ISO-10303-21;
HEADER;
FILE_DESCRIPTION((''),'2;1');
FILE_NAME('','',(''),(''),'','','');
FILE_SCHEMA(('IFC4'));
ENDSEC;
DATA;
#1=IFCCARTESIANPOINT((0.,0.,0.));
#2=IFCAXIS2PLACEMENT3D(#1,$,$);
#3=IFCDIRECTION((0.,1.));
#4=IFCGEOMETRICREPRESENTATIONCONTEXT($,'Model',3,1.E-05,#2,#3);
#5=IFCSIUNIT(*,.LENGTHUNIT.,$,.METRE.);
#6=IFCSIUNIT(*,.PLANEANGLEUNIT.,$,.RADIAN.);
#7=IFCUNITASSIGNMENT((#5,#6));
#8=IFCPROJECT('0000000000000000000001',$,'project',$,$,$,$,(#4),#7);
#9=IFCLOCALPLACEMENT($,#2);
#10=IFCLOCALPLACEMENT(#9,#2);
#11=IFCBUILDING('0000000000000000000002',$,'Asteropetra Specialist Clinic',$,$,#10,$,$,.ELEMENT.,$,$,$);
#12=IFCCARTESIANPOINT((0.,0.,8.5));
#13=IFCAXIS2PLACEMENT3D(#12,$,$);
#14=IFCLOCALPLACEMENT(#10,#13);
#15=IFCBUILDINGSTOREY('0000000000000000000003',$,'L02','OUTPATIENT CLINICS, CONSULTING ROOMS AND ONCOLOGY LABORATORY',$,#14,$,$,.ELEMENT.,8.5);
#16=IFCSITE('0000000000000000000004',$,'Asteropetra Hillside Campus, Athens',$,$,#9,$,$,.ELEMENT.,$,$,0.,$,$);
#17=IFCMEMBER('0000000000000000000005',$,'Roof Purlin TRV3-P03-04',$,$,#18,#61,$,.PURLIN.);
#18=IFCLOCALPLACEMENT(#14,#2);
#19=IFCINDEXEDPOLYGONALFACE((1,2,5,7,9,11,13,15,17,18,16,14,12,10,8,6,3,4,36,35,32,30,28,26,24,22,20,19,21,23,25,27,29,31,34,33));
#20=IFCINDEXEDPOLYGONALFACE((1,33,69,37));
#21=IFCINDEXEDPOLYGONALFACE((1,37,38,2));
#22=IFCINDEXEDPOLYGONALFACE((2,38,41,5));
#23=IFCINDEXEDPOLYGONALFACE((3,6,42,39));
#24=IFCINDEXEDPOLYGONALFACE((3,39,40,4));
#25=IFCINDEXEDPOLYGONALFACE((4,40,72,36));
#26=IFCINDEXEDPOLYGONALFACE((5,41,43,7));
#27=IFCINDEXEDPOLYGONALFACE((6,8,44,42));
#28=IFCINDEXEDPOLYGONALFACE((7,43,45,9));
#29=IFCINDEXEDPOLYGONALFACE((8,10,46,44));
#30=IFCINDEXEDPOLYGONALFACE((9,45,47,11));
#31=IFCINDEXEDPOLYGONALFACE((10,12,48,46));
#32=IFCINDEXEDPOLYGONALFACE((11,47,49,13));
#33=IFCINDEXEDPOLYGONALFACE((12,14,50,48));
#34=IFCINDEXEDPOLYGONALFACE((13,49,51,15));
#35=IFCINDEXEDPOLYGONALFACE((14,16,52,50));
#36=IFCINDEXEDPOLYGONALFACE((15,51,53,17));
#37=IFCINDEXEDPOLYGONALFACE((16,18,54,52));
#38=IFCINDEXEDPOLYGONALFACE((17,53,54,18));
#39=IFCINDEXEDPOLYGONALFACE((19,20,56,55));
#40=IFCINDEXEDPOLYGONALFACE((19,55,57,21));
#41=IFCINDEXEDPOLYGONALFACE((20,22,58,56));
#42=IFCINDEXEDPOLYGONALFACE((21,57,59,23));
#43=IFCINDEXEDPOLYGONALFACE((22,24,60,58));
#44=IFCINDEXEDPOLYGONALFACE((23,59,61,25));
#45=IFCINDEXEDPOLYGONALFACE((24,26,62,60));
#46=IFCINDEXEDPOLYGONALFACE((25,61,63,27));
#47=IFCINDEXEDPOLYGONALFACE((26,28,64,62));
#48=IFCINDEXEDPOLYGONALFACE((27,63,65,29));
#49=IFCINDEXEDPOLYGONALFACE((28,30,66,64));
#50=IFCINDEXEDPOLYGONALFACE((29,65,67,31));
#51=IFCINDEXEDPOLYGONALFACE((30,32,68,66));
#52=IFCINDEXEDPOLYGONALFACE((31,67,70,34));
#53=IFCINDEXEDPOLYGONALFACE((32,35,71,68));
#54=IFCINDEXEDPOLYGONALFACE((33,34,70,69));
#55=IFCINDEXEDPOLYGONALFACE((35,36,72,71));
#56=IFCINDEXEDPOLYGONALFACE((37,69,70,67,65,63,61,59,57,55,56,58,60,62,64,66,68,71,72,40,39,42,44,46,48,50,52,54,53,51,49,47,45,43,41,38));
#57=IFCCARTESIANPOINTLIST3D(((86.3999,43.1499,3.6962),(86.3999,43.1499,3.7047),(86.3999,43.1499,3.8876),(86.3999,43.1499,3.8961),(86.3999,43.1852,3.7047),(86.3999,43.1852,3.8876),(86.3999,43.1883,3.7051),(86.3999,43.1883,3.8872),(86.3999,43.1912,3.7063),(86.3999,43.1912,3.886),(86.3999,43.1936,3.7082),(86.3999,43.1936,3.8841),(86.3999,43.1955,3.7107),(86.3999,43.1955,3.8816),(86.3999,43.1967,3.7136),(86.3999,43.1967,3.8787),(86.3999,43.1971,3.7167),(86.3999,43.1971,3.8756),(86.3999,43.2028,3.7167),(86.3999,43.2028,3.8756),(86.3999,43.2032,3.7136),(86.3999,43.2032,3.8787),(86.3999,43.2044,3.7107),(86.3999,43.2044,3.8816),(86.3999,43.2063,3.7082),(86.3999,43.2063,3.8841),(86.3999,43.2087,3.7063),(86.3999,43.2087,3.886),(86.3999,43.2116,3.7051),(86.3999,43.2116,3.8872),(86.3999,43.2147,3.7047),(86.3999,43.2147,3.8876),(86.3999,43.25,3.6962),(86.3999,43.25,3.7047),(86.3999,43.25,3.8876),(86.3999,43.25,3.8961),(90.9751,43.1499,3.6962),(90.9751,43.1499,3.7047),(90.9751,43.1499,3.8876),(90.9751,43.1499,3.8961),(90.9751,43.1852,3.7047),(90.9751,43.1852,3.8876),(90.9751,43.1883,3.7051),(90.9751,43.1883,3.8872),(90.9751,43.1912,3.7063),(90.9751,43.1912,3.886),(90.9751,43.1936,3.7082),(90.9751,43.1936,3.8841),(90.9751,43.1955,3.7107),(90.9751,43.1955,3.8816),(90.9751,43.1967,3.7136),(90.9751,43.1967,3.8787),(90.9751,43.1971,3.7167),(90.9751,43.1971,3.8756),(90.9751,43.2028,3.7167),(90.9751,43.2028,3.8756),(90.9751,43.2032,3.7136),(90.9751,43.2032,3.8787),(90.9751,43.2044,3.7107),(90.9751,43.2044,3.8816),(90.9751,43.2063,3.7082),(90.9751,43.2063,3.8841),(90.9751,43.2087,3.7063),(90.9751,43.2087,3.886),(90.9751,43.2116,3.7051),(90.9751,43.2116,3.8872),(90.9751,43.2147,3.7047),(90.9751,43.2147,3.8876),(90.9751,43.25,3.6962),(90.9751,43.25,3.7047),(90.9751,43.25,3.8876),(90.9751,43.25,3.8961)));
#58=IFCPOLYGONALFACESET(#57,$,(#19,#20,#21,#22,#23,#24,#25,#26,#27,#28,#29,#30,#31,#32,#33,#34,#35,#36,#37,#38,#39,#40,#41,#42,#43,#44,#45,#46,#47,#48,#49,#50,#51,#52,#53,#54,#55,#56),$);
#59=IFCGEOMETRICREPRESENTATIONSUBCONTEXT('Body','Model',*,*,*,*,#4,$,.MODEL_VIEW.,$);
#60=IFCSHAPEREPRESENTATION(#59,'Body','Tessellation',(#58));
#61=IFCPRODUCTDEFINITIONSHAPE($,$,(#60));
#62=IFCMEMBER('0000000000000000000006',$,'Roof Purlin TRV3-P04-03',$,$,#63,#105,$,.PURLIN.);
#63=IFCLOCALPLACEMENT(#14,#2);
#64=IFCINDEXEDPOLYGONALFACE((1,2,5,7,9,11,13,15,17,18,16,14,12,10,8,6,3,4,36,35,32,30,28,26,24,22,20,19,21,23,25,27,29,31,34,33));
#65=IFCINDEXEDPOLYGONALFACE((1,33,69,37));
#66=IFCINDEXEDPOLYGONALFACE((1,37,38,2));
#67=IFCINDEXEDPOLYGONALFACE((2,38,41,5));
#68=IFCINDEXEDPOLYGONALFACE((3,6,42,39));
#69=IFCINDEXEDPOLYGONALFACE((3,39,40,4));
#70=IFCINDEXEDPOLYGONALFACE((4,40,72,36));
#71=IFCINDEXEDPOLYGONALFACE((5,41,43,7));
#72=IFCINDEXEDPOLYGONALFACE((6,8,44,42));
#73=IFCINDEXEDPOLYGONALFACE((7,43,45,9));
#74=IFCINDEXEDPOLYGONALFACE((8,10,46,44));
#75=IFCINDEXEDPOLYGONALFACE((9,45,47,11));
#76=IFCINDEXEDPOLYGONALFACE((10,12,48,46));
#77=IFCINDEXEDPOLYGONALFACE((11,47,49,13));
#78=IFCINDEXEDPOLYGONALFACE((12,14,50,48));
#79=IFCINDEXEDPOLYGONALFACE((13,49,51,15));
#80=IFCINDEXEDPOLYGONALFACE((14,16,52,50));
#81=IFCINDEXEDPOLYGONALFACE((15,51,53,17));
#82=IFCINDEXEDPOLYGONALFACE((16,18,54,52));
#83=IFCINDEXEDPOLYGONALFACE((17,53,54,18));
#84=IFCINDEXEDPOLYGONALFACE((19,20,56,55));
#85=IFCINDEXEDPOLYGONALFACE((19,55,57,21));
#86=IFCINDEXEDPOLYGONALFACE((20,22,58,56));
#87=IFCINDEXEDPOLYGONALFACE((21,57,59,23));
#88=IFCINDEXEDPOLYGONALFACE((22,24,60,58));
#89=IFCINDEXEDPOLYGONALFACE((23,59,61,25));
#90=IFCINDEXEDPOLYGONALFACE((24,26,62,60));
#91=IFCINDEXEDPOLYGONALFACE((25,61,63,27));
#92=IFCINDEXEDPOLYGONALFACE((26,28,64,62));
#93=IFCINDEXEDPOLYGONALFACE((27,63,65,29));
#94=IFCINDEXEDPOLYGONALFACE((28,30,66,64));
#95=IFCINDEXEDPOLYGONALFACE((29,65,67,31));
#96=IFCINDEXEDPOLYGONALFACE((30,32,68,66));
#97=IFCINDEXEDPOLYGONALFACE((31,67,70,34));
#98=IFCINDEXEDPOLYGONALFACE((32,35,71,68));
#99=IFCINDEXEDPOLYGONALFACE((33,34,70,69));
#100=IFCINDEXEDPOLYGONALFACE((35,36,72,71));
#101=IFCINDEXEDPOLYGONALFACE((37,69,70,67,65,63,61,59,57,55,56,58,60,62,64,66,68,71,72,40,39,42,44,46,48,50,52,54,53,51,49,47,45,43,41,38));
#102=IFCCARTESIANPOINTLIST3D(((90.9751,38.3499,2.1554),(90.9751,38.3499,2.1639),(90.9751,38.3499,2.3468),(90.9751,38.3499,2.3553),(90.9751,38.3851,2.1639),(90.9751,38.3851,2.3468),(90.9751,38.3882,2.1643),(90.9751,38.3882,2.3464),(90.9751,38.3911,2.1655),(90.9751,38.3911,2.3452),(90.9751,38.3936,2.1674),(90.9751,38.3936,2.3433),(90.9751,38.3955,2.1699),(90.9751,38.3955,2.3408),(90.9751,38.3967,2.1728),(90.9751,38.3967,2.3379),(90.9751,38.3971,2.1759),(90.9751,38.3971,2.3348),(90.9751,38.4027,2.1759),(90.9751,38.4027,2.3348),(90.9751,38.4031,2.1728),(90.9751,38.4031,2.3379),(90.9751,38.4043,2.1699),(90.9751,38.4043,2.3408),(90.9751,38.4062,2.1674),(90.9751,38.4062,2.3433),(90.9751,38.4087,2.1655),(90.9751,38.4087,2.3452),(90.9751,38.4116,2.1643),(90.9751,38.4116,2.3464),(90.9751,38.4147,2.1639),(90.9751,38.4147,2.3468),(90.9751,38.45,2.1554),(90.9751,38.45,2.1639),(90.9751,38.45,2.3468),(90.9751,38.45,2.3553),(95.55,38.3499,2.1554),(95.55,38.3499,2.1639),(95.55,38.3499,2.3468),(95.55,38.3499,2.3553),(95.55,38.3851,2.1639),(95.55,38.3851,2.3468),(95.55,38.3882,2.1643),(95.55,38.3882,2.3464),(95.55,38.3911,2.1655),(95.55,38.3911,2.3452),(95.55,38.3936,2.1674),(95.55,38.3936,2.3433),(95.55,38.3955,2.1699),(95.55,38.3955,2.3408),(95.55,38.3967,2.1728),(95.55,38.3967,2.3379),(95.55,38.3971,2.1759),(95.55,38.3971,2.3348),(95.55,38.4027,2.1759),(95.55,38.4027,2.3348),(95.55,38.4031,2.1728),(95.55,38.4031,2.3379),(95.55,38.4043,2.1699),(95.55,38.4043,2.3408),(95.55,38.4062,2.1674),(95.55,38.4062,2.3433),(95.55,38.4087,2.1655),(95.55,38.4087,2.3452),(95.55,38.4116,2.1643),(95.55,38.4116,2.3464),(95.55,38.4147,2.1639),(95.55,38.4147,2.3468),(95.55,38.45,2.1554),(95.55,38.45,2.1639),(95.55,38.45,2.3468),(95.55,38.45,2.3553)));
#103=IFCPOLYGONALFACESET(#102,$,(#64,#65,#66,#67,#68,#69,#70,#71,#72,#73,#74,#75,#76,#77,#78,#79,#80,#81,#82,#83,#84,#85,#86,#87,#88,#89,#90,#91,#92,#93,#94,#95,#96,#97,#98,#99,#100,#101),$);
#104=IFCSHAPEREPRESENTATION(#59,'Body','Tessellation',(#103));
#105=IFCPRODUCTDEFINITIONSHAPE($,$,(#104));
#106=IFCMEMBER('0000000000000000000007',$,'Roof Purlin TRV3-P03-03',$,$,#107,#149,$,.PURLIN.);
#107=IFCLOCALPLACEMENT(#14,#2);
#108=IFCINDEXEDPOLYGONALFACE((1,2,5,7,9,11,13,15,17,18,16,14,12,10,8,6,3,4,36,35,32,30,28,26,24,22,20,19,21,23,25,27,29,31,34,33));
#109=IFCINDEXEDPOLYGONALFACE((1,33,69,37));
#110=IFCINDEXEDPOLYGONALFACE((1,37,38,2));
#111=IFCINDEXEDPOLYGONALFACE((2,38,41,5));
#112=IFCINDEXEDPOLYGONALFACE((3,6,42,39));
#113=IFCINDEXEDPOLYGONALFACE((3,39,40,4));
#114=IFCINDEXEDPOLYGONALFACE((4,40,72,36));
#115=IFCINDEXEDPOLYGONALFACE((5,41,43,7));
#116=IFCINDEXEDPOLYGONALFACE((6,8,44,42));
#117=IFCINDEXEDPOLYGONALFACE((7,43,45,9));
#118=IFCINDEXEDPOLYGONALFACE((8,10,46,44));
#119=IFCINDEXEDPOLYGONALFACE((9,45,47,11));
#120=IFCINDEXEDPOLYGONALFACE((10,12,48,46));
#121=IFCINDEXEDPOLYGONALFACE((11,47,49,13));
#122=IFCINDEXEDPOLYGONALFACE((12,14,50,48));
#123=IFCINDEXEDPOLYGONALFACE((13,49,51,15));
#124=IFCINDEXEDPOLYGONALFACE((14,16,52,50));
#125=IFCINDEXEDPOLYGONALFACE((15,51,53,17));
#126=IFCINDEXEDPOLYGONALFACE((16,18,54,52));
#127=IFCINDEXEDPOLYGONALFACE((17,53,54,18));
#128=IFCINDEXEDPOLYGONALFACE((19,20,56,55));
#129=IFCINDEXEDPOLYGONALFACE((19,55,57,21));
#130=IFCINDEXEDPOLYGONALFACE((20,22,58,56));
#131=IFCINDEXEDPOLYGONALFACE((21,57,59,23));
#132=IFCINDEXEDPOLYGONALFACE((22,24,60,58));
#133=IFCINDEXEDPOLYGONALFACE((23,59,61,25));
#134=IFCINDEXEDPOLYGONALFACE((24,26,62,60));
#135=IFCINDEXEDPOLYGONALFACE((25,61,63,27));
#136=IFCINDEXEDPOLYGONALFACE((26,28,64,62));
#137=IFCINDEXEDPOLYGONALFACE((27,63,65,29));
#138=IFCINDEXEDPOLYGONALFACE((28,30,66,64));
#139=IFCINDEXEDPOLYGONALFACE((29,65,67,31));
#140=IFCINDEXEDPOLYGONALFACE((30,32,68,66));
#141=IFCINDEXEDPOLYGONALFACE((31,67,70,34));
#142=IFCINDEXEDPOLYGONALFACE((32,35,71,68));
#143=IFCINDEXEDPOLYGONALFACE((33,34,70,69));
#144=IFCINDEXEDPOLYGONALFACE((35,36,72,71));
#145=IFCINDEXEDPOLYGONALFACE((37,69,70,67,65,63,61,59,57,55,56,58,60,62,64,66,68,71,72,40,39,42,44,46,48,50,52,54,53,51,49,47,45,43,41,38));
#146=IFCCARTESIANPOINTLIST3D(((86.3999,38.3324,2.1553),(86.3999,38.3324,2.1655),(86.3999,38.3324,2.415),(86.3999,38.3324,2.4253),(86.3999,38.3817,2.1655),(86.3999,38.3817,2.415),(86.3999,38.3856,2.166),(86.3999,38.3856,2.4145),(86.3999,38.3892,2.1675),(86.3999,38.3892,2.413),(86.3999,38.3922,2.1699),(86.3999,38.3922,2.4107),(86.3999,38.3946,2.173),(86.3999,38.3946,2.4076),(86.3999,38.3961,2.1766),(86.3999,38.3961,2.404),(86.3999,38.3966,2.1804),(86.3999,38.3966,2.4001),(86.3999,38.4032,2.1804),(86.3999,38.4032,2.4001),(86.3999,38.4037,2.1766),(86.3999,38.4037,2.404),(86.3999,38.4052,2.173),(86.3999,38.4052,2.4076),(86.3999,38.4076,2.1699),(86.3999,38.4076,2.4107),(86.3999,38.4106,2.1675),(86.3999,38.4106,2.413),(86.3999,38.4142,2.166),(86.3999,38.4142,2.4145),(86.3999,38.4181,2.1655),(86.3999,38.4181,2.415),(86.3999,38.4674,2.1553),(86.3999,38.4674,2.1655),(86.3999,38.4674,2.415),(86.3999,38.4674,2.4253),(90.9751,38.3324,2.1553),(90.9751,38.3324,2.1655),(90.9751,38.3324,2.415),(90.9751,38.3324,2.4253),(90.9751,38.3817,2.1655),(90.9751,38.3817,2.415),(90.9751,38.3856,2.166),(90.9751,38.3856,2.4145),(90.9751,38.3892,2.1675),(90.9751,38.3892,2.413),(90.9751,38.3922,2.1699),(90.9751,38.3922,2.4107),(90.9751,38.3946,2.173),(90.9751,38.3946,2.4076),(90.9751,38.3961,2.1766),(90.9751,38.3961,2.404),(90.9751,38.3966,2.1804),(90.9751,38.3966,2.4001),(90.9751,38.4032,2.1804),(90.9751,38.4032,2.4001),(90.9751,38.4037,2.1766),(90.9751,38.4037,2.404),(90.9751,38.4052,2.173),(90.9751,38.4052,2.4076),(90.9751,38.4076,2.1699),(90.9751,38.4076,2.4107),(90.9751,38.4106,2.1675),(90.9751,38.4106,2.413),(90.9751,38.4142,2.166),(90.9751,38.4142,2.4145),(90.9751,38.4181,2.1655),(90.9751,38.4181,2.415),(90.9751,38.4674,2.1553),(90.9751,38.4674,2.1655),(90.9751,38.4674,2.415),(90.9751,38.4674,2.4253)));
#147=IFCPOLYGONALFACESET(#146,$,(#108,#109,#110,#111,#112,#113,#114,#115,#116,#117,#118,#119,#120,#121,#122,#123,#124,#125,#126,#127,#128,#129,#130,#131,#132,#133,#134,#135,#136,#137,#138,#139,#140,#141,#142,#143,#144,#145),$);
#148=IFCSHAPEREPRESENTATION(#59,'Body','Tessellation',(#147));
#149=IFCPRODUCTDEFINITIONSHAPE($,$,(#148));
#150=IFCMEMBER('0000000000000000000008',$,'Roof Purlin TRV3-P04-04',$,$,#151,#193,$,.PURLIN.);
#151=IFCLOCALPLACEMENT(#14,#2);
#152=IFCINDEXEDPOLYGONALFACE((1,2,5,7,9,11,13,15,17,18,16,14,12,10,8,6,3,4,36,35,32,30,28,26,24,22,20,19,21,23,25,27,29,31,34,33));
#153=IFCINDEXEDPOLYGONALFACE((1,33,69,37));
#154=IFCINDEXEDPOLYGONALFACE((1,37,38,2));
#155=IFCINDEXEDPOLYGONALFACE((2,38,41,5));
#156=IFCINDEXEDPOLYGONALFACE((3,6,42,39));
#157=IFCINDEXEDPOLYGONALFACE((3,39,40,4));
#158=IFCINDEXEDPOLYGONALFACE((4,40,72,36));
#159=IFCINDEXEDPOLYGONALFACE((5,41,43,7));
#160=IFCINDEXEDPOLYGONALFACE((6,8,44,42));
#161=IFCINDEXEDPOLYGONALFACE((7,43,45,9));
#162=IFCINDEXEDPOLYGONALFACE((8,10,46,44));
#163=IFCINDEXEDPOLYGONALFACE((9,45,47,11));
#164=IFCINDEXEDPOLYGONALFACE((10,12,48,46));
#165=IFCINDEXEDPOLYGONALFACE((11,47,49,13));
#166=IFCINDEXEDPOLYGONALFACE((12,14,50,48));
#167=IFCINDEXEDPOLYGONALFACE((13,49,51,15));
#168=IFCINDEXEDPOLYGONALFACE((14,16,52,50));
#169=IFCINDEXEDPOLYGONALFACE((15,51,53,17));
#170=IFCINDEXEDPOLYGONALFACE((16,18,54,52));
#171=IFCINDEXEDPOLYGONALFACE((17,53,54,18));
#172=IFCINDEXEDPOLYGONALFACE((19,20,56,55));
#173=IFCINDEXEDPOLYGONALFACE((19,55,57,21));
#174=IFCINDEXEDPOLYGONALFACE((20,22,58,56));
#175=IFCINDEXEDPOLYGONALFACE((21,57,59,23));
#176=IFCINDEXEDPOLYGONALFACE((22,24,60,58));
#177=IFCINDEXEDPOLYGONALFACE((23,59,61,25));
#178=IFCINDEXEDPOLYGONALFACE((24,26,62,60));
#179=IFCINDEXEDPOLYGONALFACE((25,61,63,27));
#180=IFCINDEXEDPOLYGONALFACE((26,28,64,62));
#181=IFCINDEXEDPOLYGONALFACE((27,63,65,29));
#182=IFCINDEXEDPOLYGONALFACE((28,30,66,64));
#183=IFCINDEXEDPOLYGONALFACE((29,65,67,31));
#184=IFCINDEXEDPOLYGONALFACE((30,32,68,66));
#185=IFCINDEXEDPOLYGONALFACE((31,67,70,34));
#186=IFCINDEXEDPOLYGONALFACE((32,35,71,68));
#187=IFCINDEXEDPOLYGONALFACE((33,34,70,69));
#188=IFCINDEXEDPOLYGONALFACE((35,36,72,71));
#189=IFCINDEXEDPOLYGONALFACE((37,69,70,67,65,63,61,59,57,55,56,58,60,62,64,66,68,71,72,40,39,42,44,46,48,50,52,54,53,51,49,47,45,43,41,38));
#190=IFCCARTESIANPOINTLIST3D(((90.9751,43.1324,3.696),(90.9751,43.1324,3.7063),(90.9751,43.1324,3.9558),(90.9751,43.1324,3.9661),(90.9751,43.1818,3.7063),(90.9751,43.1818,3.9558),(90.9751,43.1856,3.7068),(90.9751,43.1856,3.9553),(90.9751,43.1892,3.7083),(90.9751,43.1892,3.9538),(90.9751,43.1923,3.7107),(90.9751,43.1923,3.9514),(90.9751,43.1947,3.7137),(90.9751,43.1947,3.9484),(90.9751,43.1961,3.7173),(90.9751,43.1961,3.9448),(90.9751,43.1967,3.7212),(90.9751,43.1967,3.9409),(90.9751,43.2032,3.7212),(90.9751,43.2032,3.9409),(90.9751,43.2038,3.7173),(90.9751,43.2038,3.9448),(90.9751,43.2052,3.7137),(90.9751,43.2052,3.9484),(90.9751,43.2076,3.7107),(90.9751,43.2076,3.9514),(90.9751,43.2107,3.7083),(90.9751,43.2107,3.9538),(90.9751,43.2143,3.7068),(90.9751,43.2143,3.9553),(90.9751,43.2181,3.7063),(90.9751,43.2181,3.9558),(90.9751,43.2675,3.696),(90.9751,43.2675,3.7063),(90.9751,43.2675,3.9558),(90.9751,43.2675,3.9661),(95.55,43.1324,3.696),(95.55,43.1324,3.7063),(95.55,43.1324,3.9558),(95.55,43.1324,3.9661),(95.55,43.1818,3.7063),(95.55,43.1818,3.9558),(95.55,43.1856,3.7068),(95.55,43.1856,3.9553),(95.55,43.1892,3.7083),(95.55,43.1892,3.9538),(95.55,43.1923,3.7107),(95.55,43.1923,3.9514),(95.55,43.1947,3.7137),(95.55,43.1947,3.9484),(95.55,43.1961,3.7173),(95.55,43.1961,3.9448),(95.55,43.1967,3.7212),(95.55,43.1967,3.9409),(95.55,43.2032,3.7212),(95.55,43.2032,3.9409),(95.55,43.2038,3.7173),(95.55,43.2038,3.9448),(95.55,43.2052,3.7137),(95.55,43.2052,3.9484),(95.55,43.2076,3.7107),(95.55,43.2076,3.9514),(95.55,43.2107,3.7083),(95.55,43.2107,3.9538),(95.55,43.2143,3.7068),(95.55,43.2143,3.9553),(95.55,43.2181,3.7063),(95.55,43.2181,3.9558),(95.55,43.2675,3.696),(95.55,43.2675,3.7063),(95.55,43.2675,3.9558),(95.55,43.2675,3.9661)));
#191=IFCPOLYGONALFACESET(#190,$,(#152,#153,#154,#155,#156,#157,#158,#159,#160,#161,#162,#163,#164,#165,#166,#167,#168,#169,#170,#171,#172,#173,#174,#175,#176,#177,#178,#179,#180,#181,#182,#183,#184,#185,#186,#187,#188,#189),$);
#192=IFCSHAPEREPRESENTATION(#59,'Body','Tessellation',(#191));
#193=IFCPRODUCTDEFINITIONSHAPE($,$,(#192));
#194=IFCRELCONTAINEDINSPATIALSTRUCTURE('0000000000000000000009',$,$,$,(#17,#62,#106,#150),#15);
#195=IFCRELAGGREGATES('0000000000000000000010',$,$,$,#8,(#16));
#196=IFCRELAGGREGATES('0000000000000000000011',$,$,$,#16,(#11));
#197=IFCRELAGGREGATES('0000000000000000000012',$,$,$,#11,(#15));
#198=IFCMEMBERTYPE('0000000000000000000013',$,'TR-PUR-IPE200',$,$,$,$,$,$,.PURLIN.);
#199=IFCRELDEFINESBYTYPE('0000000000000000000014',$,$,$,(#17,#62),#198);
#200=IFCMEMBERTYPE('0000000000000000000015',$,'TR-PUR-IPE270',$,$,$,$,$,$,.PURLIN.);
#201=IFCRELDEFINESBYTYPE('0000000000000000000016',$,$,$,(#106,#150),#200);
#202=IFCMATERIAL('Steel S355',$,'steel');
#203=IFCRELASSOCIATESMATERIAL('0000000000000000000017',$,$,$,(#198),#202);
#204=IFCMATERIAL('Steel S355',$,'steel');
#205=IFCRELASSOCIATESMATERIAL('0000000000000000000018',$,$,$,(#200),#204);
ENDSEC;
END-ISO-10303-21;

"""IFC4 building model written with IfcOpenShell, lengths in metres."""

from ifc_helpers import new_model, si_unit, direction, frame, origin, origin_2d, place, context, subcontext, project, spatial, i_section, extrude, material, material_profile, profile_set, type_object, element, save


model = new_model("IFC4")

# Units and contexts
model_context = context("Model", 3, precision=1e-05, world=origin(), true_north=direction((0.0, 1.0)))
body_context = subcontext(model_context, "Body", "Model", "MODEL_VIEW")
ifc_project = project(units=[si_unit("LENGTHUNIT", "METRE"), si_unit("PLANEANGLEUNIT", "RADIAN")], contexts=[model_context])

# Site, building, storey
site_placement = place(None, origin())
site = spatial("IfcSite", under=ifc_project, at=site_placement, Name="Asteropetra Hillside Campus, Athens", CompositionType="ELEMENT", RefElevation=0.0)
building_placement = place(site_placement, origin())
building = spatial("IfcBuilding", under=site, at=building_placement, Name="Asteropetra Specialist Clinic", CompositionType="ELEMENT")
storey_placement = place(building_placement, frame((0.0, 0.0, 8.5)))
storey = spatial("IfcBuildingStorey", under=building, at=storey_placement, Name="L02", Description="OUTPATIENT CLINICS, CONSULTING ROOMS AND ONCOLOGY LABORATORY", CompositionType="ELEMENT", Elevation=8.5)

# Members
ifc_material_1 = material(Name="Steel S355", Category="steel")
ifc_material_profile_1 = material_profile(ifc_material_1, i_section(OverallWidth=0.1001, OverallDepth=0.2, WebThickness=0.0056, FlangeThickness=0.0085, FilletRadius=0.012, at=origin_2d()), Name="IPE 200")
ifc_profile_set_1 = profile_set([ifc_material_profile_1], Name="Steel S355")
member_type_1 = type_object("IfcMemberType", Name="TR-PUR-IPE200", PredefinedType="PURLIN", material=ifc_profile_set_1)
member_1_placement = place(storey_placement, frame((86.3999, 43.2, 3.7961), z_axis=(1.0, 0.0, 0.0), x_axis=(0.0, 1.0, 0.0)))
element("IfcMember", 1, at=member_1_placement, inside=storey, type_object=member_type_1, Name="Roof Purlin TRV3-P03-04", PredefinedType="PURLIN", context=body_context, shape_type="SweptSolid", body=[
    extrude(i_section(OverallWidth=0.1001, OverallDepth=0.2, WebThickness=0.0056, FlangeThickness=0.0085, FilletRadius=0.012, at=origin_2d()), origin(), (0.0, 0.0, 1.0), 4.5752),
])
member_2_placement = place(storey_placement, frame((90.9751, 38.3999, 2.2554), z_axis=(1.0, 0.0, 0.0), x_axis=(0.0, 1.0, 0.0)))
element("IfcMember", 2, at=member_2_placement, inside=storey, type_object=member_type_1, Name="Roof Purlin TRV3-P04-03", PredefinedType="PURLIN", context=body_context, shape_type="SweptSolid", body=[
    extrude(i_section(OverallWidth=0.1001, OverallDepth=0.2, WebThickness=0.0056, FlangeThickness=0.0085, FilletRadius=0.012, at=origin_2d()), origin(), (0.0, 0.0, 1.0), 4.575),
])
ifc_material_2 = material(Name="Steel S355", Category="steel")
ifc_material_profile_2 = material_profile(ifc_material_2, i_section(OverallWidth=0.135, OverallDepth=0.27, WebThickness=0.0066, FlangeThickness=0.0103, FilletRadius=0.0149, at=origin_2d()), Name="IPE 270")
ifc_profile_set_2 = profile_set([ifc_material_profile_2], Name="Steel S355")
member_type_2 = type_object("IfcMemberType", Name="TR-PUR-IPE270", PredefinedType="PURLIN", material=ifc_profile_set_2)
member_3_placement = place(storey_placement, frame((86.3999, 38.3999, 2.2903), z_axis=(1.0, 0.0, 0.0), x_axis=(0.0, 1.0, 0.0)))
element("IfcMember", 3, at=member_3_placement, inside=storey, type_object=member_type_2, Name="Roof Purlin TRV3-P03-03", PredefinedType="PURLIN", context=body_context, shape_type="SweptSolid", body=[
    extrude(i_section(OverallWidth=0.135, OverallDepth=0.27, WebThickness=0.0066, FlangeThickness=0.0103, FilletRadius=0.0149, at=origin_2d()), origin(), (0.0, 0.0, 1.0), 4.5752),
])
member_4_placement = place(storey_placement, frame((90.9751, 43.2, 3.8311), z_axis=(1.0, 0.0, 0.0), x_axis=(0.0, 1.0, 0.0)))
element("IfcMember", 4, at=member_4_placement, inside=storey, type_object=member_type_2, Name="Roof Purlin TRV3-P04-04", PredefinedType="PURLIN", context=body_context, shape_type="SweptSolid", body=[
    extrude(i_section(OverallWidth=0.135, OverallDepth=0.27, WebThickness=0.0066, FlangeThickness=0.0103, FilletRadius=0.0149, at=origin_2d()), origin(), (0.0, 0.0, 1.0), 4.575),
])

save(model, "model.ifc")
